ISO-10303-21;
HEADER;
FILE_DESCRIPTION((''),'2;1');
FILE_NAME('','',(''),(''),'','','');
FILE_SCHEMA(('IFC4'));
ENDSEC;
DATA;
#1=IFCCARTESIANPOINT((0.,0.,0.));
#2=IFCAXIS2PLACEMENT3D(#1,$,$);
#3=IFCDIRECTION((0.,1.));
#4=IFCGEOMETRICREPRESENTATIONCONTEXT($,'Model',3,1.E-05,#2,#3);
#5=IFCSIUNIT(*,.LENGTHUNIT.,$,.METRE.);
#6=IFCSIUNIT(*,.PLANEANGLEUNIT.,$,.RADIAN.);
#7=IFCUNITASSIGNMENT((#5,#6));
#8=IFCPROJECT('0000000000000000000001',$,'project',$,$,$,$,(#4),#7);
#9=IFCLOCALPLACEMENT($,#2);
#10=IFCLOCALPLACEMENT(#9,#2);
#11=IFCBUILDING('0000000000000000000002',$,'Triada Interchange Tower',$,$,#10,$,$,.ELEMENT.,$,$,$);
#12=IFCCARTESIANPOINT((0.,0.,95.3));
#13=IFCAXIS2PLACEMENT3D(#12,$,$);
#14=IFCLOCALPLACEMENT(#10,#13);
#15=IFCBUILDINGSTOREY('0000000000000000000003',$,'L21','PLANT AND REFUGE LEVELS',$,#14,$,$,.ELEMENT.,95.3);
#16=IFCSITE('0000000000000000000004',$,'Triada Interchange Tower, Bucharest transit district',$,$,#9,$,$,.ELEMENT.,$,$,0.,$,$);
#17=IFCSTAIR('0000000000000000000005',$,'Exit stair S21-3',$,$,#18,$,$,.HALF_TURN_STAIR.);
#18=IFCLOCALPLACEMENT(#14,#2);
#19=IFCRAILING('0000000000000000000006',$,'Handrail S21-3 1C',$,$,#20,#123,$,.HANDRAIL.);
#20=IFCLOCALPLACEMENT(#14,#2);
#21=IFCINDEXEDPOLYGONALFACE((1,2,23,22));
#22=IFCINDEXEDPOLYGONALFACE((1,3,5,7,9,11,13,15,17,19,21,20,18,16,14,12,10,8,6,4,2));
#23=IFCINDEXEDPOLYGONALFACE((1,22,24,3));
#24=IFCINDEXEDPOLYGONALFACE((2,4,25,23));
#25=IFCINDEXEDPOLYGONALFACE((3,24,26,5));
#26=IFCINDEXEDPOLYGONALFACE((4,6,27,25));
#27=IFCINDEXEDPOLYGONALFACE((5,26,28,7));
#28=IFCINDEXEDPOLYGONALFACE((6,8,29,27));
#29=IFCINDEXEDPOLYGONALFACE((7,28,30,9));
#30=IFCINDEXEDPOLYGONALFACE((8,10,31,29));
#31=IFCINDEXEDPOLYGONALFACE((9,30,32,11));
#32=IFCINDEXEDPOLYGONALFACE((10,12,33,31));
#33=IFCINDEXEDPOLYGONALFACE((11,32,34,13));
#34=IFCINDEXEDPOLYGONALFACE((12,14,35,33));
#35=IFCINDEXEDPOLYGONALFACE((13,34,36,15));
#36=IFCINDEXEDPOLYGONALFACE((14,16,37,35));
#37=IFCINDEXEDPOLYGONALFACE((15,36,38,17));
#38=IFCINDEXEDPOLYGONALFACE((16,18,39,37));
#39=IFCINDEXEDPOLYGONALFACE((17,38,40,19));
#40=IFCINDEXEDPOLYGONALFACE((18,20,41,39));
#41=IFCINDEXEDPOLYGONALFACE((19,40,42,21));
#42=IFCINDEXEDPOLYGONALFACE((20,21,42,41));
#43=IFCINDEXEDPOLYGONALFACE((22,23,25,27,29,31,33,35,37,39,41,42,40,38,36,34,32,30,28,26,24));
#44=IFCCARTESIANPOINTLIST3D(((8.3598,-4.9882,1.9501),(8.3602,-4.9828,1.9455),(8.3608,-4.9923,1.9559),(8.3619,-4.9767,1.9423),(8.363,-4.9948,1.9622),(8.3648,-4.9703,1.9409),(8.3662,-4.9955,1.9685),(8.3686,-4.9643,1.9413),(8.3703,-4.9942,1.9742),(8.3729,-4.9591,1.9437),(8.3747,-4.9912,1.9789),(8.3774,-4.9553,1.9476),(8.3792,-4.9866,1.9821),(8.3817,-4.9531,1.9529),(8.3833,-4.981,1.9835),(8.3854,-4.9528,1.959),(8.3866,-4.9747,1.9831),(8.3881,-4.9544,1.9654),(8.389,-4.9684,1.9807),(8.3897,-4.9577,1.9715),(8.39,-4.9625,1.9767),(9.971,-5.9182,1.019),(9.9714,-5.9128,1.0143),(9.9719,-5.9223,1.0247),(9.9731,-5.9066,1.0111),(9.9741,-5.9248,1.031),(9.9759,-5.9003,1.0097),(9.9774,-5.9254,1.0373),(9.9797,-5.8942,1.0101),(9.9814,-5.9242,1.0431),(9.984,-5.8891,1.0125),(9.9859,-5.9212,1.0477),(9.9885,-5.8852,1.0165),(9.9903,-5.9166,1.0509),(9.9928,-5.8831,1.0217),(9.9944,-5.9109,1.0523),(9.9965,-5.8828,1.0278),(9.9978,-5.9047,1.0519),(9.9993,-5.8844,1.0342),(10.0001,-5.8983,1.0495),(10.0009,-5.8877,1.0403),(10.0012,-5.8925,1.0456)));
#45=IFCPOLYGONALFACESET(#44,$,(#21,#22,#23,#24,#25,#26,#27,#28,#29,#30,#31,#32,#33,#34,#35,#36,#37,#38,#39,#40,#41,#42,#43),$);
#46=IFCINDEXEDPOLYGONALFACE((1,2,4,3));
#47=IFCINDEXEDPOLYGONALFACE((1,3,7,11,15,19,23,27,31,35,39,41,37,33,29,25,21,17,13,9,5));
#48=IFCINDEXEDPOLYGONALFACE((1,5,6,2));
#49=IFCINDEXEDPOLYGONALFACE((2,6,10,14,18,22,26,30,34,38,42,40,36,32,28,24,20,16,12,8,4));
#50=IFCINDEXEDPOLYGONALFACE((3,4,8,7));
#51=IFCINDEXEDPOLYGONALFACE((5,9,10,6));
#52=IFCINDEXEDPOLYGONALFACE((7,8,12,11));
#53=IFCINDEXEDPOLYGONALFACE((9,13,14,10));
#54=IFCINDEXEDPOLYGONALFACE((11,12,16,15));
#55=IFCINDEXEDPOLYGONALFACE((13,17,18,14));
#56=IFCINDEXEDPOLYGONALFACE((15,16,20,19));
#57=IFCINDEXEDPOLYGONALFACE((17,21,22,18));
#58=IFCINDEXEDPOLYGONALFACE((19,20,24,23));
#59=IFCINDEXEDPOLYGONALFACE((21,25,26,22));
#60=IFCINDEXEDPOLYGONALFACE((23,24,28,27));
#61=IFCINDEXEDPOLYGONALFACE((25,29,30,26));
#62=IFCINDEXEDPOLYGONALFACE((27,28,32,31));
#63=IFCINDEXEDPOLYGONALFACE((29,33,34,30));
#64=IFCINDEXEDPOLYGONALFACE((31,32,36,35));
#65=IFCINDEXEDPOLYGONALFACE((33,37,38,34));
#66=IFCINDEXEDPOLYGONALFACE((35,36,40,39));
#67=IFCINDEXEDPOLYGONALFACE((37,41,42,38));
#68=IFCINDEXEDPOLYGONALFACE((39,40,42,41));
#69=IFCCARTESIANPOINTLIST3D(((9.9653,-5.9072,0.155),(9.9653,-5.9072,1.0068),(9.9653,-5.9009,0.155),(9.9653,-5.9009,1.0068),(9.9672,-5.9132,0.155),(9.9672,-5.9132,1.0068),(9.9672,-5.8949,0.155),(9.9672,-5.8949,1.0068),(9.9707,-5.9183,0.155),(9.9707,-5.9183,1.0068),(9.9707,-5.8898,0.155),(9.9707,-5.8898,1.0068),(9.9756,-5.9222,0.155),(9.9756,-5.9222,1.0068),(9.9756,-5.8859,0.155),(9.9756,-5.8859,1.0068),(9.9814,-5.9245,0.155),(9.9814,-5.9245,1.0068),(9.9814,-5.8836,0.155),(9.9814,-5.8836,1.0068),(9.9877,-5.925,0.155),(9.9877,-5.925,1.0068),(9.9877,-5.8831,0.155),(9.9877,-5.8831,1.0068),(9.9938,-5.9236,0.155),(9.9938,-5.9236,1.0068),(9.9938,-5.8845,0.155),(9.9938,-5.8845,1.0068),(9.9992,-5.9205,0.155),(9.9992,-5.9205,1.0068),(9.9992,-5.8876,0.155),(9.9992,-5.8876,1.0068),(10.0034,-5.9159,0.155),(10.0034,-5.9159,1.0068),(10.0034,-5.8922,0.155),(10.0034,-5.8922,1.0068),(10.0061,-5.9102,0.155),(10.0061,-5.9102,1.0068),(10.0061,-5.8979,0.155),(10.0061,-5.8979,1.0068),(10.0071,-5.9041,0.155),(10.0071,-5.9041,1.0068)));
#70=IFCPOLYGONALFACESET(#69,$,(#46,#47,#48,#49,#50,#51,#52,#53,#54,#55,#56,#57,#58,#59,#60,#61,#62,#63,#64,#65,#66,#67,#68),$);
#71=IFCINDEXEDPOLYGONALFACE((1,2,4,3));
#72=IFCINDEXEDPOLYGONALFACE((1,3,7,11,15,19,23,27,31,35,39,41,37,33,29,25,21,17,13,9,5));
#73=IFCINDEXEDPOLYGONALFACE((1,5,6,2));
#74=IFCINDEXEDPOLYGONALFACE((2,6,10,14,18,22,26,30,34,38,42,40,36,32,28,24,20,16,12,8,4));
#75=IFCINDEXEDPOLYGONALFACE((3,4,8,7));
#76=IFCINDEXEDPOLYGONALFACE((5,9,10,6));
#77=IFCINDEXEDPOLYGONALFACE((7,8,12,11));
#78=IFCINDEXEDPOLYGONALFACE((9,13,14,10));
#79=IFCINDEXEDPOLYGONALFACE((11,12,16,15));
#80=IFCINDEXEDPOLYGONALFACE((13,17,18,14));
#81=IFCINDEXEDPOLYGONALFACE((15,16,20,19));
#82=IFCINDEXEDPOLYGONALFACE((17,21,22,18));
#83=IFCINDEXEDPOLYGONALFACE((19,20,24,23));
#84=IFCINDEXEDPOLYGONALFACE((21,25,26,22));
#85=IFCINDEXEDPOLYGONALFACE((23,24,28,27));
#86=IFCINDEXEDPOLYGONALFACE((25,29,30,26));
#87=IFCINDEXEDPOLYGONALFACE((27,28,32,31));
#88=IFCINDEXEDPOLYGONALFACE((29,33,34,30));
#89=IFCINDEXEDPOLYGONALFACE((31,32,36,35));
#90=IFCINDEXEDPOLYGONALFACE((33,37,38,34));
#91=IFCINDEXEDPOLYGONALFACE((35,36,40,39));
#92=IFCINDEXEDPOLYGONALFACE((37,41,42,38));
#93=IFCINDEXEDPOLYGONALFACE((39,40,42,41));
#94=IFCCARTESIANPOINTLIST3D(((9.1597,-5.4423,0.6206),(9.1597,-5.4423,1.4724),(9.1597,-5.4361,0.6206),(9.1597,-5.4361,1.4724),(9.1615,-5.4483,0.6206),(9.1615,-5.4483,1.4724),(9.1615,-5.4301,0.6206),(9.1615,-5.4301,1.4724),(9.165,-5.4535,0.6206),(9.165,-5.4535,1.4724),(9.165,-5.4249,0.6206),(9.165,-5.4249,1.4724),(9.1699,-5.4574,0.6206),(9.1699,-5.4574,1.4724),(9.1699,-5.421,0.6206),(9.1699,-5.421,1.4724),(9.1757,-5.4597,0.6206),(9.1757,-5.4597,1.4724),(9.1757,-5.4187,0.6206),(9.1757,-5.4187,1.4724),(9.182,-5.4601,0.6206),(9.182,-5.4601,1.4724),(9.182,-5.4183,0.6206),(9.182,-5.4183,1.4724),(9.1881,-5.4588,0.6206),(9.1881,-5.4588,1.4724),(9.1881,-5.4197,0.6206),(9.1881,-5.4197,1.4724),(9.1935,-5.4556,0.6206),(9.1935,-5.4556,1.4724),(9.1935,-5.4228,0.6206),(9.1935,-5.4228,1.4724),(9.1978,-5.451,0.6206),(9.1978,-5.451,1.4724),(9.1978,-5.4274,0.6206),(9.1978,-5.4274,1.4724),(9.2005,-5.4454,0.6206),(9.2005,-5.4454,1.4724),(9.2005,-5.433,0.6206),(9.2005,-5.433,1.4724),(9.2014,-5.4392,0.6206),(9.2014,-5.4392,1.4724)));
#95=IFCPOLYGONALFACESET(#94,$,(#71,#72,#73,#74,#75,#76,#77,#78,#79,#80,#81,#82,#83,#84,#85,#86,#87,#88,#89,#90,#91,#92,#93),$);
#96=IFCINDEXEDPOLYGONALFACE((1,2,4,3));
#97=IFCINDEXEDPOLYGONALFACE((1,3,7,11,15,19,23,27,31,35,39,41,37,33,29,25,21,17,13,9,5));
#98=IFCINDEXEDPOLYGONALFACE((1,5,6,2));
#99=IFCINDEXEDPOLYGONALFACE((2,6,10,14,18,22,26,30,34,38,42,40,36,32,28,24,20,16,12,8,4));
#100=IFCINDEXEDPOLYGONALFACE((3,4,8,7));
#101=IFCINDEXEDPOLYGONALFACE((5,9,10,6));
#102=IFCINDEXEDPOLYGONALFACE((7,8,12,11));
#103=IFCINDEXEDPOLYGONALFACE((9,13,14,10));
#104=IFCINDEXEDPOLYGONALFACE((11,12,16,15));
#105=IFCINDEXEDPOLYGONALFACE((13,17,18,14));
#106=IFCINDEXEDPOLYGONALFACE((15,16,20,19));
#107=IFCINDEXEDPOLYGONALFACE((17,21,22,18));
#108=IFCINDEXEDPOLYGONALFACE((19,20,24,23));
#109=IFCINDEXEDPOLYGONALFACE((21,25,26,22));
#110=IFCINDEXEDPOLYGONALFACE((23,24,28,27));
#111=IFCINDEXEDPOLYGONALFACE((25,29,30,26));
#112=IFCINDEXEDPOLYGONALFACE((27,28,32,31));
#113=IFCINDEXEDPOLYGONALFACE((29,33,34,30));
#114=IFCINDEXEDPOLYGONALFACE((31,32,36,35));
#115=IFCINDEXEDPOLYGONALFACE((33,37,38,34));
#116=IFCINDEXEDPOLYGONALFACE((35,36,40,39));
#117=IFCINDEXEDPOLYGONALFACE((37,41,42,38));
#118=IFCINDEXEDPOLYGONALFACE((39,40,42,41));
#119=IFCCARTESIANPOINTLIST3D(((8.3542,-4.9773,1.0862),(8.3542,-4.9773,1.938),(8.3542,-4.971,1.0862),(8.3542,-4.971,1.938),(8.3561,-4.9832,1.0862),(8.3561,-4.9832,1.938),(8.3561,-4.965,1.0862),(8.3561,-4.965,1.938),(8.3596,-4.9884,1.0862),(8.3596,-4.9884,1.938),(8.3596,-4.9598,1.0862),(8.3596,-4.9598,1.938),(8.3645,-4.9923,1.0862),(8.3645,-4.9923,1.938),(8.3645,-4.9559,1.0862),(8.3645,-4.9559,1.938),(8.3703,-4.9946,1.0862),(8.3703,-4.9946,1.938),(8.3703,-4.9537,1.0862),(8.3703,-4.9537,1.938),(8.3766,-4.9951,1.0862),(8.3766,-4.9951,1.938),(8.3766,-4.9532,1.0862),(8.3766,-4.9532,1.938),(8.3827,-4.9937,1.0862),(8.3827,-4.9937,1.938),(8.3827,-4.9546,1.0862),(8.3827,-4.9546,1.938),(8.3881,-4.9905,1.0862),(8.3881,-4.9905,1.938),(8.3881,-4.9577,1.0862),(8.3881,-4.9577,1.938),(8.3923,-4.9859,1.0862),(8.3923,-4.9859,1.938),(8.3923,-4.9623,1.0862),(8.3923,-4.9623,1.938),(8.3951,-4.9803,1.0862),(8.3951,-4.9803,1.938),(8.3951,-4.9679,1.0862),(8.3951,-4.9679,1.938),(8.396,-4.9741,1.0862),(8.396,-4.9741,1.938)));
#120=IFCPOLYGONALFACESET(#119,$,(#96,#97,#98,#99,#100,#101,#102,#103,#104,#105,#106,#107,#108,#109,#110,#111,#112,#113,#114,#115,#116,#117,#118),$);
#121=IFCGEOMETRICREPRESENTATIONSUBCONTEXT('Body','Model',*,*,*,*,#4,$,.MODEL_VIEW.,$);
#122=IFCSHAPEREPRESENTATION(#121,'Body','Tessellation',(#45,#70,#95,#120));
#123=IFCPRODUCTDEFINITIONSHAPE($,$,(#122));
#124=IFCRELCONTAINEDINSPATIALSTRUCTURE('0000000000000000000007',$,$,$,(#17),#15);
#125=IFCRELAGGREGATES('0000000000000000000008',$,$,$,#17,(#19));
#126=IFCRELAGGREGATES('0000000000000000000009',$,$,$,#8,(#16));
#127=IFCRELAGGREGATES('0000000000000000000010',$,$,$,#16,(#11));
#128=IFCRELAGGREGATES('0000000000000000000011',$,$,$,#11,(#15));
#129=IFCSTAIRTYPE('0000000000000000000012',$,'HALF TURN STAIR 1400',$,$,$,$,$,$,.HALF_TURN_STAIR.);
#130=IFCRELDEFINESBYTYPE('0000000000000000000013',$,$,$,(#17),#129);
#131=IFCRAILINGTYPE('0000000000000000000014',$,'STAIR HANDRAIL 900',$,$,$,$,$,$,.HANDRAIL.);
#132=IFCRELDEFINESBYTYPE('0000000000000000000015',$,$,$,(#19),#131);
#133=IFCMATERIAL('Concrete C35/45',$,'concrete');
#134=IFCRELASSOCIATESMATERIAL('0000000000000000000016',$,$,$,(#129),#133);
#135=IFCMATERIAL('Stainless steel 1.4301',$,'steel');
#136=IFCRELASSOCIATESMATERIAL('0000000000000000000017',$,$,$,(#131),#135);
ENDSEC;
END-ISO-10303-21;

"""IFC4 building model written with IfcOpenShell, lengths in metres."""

from ifc_helpers import new_model, si_unit, direction, frame, origin, origin_2d, place, context, subcontext, project, spatial, circle, extrude, material, type_object, element, aggregate, save


model = new_model("IFC4")

# Units and contexts
model_context = context("Model", 3, precision=1e-05, world=origin(), true_north=direction((0.0, 1.0)))
body_context = subcontext(model_context, "Body", "Model", "MODEL_VIEW")
ifc_project = project(units=[si_unit("LENGTHUNIT", "METRE"), si_unit("PLANEANGLEUNIT", "RADIAN")], contexts=[model_context])

# Site, building, storey
site_placement = place(None, origin())
site = spatial("IfcSite", under=ifc_project, at=site_placement, Name="Triada Interchange Tower, Bucharest transit district", CompositionType="ELEMENT", RefElevation=0.0)
building_placement = place(site_placement, origin())
building = spatial("IfcBuilding", under=site, at=building_placement, Name="Triada Interchange Tower", CompositionType="ELEMENT")
storey_placement = place(building_placement, frame((0.0, 0.0, 95.3)))
storey = spatial("IfcBuildingStorey", under=building, at=storey_placement, Name="L21", Description="PLANT AND REFUGE LEVELS", CompositionType="ELEMENT", Elevation=95.3)

# Shared definitions
ifc_material_1 = material(Name="Concrete C35/45", Category="concrete")

# Stair, railing
stair_type = type_object("IfcStairType", Name="HALF TURN STAIR 1400", PredefinedType="HALF_TURN_STAIR", material=ifc_material_1)
stair_placement = place(storey_placement, origin())
stair = element("IfcStair", 1, at=stair_placement, inside=storey, type_object=stair_type, Name="Exit stair S21-3", PredefinedType="HALF_TURN_STAIR")
ifc_material_2 = material(Name="Stainless steel 1.4301", Category="steel")
railing_type_1 = type_object("IfcRailingType", Name="STAIR HANDRAIL 900", PredefinedType="HANDRAIL", material=ifc_material_2)
railing_1_placement = place(storey_placement, frame((9.9861, -5.9041, 0.155)))
railing_1 = element("IfcRailing", 2, at=railing_1_placement, type_object=railing_type_1, Name="Handrail S21-3 1C", PredefinedType="HANDRAIL", context=body_context, shape_type="SweptSolid", body=[
    extrude(circle(Radius=0.0239, at=origin_2d()), frame((0.0, 0.0, 0.876), z_axis=(-0.774469, 0.44703, 0.447617), x_axis=(-0.499908, -0.866079, 0.0)), (0.0, 0.0, 1.0), 2.0803),
    extrude(circle(Radius=0.021, at=origin_2d()), origin(), (0.0, 0.0, 1.0), 0.8518),
    extrude(circle(Radius=0.021, at=origin_2d()), frame((-0.8057, 0.4648, 0.4656)), (0.0, 0.0, 1.0), 0.8518),
    extrude(circle(Radius=0.021, at=origin_2d()), frame((-1.6111, 0.9299, 0.9312)), (0.0, 0.0, 1.0), 0.8518),
])
aggregate(stair, [railing_1])

save(model, "model.ifc")
